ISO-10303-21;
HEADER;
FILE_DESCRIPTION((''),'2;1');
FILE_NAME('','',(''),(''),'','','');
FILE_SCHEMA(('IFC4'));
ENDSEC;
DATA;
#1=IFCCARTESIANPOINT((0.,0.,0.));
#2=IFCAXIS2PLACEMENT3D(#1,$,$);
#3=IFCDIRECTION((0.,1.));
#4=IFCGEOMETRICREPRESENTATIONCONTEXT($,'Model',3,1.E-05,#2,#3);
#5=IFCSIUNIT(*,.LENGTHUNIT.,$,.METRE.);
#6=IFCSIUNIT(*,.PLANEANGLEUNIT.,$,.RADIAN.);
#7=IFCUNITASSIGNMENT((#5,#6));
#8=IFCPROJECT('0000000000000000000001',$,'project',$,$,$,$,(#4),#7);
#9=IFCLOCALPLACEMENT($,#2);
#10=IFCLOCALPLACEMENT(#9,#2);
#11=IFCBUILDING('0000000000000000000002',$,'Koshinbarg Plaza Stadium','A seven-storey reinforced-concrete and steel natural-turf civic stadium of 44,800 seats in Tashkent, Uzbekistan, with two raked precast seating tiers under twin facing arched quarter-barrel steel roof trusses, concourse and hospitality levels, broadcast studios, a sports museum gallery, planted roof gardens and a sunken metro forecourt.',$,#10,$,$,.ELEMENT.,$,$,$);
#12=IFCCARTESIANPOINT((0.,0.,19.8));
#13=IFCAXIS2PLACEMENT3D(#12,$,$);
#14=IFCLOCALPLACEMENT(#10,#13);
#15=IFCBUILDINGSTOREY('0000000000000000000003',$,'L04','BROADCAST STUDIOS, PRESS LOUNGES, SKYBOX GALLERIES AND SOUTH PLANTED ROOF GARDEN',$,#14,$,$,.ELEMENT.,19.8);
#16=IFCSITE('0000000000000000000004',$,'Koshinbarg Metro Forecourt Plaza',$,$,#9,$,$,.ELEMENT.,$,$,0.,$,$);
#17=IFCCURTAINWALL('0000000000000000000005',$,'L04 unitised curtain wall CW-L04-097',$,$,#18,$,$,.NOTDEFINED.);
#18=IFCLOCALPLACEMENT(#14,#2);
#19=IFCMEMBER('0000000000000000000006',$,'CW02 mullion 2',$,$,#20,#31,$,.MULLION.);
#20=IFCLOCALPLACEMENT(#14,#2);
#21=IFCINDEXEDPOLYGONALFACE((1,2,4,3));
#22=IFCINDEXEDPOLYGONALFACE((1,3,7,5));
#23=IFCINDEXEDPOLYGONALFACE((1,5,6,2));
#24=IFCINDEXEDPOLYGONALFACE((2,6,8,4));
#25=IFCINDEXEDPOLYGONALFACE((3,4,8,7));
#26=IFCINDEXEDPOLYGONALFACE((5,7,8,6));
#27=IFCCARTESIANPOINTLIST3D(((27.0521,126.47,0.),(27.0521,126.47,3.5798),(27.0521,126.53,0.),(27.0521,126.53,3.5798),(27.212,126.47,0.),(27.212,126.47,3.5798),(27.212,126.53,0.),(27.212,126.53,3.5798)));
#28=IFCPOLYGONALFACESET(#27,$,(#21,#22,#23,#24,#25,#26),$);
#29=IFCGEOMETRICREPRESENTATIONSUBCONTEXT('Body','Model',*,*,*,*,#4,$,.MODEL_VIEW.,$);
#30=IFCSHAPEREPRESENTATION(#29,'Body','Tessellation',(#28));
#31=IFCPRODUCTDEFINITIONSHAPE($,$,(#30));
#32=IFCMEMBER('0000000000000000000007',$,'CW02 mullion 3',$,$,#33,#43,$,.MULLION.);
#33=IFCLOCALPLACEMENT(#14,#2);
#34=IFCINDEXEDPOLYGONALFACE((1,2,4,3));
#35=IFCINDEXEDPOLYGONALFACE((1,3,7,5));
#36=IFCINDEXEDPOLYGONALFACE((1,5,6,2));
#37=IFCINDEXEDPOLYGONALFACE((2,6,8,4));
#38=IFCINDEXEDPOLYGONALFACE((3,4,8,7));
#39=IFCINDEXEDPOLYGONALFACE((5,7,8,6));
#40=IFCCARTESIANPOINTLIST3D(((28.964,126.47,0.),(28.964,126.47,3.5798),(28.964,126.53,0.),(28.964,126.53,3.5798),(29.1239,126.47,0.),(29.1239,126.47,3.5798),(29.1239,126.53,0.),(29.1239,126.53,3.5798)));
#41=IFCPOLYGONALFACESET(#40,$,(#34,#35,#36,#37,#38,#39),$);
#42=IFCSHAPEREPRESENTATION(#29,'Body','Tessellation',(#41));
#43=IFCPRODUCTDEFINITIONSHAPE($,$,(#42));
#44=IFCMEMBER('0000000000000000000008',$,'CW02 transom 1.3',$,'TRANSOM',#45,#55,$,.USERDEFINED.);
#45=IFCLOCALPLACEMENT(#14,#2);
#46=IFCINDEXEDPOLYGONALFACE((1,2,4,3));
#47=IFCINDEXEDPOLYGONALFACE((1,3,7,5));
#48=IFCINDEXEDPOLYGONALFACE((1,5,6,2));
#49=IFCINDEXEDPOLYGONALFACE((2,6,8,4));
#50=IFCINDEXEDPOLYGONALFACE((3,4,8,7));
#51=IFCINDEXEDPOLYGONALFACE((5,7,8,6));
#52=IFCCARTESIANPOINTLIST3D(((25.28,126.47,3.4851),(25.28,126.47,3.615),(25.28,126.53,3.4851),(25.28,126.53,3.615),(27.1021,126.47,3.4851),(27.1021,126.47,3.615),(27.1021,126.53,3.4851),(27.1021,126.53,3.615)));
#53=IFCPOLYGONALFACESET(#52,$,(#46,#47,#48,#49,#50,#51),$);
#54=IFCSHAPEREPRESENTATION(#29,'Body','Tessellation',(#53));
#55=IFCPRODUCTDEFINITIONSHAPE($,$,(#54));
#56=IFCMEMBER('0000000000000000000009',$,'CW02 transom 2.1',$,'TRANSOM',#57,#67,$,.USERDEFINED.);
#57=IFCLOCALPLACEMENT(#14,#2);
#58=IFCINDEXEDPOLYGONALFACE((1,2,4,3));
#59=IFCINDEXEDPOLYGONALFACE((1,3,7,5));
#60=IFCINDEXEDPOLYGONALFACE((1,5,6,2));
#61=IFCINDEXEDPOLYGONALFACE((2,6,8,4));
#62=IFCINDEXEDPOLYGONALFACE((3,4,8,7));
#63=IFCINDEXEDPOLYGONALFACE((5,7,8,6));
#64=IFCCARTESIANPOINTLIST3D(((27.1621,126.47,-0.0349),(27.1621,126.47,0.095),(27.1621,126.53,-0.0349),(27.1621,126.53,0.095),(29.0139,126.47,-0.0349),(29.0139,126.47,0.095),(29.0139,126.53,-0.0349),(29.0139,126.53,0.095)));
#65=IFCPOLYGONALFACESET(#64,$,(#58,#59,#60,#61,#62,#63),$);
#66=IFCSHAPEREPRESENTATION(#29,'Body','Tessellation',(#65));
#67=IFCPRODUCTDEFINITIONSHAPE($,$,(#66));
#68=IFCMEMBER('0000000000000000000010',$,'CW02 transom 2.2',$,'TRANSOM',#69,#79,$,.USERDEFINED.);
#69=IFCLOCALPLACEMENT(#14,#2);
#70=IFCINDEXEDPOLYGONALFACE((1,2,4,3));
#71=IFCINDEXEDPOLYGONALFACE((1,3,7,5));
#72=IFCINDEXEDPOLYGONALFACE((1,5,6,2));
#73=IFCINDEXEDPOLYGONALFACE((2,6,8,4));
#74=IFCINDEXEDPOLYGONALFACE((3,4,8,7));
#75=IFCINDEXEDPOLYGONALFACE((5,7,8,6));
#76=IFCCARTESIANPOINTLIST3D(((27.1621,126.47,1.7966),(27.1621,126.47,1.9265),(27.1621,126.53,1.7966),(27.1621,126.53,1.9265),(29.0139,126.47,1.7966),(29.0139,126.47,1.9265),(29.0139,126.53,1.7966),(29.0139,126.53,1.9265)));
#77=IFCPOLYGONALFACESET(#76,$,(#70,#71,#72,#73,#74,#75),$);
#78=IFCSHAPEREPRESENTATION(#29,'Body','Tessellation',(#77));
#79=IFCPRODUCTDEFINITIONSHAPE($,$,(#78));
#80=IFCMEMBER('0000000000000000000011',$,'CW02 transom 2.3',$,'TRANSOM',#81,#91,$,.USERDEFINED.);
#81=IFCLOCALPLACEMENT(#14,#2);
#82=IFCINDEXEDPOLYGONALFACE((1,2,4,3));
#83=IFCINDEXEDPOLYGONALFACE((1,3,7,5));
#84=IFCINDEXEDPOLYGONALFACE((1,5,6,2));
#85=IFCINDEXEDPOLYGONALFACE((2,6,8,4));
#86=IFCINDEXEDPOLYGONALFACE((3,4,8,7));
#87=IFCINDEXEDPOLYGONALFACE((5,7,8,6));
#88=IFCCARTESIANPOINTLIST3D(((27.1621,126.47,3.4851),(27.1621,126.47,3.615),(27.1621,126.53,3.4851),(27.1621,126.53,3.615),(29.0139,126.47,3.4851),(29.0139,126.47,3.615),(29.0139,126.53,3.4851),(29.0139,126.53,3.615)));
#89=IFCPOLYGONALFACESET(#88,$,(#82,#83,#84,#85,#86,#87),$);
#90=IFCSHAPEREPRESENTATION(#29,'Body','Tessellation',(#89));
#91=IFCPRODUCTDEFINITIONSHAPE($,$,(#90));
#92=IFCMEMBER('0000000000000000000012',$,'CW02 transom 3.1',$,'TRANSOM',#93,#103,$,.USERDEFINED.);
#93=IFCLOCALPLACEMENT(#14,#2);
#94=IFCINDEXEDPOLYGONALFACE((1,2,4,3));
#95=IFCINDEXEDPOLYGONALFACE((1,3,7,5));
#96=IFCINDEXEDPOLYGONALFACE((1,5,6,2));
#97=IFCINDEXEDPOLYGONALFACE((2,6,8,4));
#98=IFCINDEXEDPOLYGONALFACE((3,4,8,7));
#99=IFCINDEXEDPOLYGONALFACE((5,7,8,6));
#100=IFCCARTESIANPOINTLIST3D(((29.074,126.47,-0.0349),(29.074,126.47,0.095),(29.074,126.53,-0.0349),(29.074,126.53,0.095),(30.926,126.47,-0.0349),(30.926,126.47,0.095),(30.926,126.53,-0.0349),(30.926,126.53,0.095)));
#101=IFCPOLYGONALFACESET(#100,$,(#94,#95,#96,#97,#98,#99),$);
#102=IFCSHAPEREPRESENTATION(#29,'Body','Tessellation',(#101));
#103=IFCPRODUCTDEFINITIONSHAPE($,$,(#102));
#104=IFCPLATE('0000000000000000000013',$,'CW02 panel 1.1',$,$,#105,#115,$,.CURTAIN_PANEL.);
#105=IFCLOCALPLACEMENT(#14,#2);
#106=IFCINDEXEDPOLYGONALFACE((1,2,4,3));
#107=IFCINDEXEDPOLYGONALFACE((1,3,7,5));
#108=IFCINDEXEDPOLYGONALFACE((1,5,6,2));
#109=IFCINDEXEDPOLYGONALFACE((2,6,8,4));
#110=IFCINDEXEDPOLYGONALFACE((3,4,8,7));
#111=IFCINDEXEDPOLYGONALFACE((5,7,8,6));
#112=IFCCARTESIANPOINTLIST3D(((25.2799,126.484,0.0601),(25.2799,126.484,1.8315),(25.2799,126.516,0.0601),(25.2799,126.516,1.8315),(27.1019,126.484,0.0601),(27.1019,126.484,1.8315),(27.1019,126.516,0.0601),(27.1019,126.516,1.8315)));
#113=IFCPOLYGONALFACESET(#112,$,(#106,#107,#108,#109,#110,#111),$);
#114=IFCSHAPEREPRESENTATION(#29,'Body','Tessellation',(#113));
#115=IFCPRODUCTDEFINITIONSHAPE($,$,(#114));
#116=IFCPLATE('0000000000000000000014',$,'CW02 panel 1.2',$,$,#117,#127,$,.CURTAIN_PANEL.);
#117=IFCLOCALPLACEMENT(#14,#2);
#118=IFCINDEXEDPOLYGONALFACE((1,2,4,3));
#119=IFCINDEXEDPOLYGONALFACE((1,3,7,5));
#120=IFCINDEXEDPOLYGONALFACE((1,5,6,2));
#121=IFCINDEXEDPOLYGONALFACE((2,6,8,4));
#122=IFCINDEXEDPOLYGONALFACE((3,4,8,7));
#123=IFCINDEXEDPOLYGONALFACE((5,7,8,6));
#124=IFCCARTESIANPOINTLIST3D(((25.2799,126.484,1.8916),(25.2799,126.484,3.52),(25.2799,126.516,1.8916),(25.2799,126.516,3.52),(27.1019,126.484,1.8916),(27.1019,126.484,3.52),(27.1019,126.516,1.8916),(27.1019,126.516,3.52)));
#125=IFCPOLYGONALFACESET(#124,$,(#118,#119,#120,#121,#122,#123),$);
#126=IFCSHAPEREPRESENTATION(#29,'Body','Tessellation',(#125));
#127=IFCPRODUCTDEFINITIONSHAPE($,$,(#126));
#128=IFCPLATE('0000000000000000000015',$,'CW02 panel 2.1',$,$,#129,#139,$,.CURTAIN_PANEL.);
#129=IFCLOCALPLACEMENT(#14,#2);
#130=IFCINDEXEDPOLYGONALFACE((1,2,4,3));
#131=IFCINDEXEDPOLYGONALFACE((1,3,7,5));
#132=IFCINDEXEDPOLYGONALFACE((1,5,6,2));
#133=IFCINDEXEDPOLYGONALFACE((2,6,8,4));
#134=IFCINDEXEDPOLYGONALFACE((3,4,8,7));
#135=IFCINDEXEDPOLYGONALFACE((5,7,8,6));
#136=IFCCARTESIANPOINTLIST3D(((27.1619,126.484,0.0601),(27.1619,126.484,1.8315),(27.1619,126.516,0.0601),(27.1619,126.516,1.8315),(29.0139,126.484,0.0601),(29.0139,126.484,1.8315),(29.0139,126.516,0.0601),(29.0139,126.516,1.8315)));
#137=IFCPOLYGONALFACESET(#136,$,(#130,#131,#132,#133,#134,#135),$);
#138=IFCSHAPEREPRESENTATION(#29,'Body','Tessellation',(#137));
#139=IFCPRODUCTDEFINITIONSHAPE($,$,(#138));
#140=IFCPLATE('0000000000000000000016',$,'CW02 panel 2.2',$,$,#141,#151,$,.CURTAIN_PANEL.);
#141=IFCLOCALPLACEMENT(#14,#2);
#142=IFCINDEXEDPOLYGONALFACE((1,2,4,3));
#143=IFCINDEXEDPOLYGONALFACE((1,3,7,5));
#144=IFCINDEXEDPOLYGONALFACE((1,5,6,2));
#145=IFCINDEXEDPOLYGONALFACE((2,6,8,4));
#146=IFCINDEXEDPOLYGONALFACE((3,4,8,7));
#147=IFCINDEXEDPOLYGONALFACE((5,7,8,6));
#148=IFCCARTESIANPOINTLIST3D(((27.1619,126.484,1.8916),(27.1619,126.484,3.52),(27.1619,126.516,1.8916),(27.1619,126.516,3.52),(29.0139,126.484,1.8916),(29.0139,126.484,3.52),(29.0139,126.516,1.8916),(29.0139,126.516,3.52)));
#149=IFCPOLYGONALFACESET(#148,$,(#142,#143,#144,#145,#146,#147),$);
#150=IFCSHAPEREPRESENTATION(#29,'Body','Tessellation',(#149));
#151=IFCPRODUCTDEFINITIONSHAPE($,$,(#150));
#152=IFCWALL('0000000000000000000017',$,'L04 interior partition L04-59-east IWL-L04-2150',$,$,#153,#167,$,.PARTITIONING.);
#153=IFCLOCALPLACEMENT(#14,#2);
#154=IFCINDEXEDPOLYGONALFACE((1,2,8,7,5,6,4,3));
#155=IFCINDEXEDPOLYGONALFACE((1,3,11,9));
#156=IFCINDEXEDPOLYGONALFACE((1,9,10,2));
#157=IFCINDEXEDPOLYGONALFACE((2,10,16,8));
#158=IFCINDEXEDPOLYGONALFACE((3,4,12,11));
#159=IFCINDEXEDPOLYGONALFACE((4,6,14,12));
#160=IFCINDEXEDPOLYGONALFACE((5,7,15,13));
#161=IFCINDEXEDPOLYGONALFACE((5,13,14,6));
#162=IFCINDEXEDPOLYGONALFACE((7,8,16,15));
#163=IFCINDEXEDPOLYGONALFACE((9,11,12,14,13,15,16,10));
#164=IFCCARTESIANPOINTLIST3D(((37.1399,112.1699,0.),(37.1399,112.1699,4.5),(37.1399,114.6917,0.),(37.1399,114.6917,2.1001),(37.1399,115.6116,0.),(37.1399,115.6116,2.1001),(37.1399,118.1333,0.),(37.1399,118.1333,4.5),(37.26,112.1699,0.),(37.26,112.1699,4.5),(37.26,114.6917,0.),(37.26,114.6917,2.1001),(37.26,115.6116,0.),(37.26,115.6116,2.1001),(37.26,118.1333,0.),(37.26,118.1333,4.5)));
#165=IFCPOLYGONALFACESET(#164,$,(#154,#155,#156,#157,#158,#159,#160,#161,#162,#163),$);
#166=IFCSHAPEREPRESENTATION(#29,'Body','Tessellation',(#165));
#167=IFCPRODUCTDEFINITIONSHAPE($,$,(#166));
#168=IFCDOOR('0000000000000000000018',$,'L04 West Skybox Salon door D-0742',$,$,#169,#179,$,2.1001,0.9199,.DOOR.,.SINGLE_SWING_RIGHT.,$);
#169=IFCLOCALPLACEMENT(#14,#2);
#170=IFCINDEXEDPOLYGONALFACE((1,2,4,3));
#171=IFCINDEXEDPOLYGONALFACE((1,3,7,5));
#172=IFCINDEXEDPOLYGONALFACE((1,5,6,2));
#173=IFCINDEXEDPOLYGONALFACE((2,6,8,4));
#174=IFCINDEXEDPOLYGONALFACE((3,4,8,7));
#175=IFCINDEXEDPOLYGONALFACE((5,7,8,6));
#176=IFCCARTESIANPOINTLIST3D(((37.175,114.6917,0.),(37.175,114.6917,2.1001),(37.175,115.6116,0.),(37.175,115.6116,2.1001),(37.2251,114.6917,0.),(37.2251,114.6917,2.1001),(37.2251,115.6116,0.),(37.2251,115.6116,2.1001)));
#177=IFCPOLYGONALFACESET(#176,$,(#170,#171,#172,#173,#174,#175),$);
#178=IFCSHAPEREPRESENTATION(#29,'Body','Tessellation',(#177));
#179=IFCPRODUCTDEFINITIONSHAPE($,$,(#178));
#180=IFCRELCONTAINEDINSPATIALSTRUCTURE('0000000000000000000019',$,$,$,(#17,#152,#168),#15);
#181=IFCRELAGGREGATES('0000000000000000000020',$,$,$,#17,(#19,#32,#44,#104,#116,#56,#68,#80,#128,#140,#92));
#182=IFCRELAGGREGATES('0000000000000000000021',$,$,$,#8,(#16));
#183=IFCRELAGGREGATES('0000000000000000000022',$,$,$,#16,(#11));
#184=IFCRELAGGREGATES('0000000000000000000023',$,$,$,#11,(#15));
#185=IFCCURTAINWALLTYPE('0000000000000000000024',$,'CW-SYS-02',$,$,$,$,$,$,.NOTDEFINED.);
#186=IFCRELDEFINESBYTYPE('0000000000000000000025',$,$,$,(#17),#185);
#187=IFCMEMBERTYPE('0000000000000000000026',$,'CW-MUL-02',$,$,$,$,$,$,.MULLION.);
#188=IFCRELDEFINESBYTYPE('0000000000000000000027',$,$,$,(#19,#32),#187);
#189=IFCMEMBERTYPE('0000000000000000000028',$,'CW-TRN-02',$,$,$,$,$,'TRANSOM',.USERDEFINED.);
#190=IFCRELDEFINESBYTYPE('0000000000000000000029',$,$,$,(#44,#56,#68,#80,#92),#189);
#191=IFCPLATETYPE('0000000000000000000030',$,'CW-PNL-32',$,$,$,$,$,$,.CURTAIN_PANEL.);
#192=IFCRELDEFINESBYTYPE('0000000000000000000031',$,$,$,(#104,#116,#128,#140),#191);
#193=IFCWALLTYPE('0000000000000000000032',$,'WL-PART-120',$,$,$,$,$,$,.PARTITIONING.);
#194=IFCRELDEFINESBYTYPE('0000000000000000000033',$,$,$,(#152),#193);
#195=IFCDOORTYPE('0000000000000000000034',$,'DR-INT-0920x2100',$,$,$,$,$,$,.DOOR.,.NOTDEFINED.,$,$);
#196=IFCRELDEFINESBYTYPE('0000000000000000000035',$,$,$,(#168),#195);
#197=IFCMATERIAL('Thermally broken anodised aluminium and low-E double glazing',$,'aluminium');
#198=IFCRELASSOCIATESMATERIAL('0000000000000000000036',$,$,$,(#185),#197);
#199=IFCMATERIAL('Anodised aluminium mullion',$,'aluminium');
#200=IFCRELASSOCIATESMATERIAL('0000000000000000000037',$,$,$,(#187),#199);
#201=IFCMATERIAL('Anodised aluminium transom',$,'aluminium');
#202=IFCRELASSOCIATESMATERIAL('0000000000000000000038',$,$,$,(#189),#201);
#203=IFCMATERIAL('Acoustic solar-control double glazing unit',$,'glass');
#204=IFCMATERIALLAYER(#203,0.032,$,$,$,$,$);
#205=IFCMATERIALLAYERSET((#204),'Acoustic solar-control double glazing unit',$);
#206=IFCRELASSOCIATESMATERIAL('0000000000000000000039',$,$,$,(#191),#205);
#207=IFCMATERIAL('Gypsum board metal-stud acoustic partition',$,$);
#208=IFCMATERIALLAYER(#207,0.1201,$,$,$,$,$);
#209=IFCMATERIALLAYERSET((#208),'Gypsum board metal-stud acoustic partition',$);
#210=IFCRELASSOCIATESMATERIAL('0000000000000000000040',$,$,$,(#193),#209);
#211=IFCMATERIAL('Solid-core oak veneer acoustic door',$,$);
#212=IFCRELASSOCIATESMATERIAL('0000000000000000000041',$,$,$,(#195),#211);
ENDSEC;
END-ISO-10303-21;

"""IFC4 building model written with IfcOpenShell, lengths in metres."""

from ifc_helpers import new_model, si_unit, direction, frame, frame_2d, origin, origin_2d, place, context, subcontext, project, spatial, rectangle, extrude, material, layer, layer_set, material_profile, profile_set, type_object, element, fill, aggregate, save


model = new_model("IFC4")

# Units and contexts
model_context = context("Model", 3, precision=1e-05, world=origin(), true_north=direction((0.0, 1.0)))
body_context = subcontext(model_context, "Body", "Model", "MODEL_VIEW")
ifc_project = project(units=[si_unit("LENGTHUNIT", "METRE"), si_unit("PLANEANGLEUNIT", "RADIAN")], contexts=[model_context])

# Site, building, storey
site_placement = place(None, origin())
site = spatial("IfcSite", under=ifc_project, at=site_placement, Name="Koshinbarg Metro Forecourt Plaza", CompositionType="ELEMENT", RefElevation=0.0)
building_placement = place(site_placement, origin())
building = spatial("IfcBuilding", under=site, at=building_placement, Name="Koshinbarg Plaza Stadium", Description="A seven-storey reinforced-concrete and steel natural-turf civic stadium of 44,800 seats in Tashkent, Uzbekistan, with two raked precast seating tiers under twin facing arched quarter-barrel steel roof trusses, concourse and hospitality levels, broadcast studios, a sports museum gallery, planted roof gardens and a sunken metro forecourt.", CompositionType="ELEMENT")
storey_placement = place(building_placement, frame((0.0, 0.0, 19.8)))
storey = spatial("IfcBuildingStorey", under=building, at=storey_placement, Name="L04", Description="BROADCAST STUDIOS, PRESS LOUNGES, SKYBOX GALLERIES AND SOUTH PLANTED ROOF GARDEN", CompositionType="ELEMENT", Elevation=19.8)

# Curtain wall, members, plates
ifc_material_1 = material(Name="Thermally broken anodised aluminium and low-E double glazing", Category="aluminium")
curtain_wall_type = type_object("IfcCurtainWallType", Name="CW-SYS-02", PredefinedType="NOTDEFINED", material=ifc_material_1)
curtain_wall_placement = place(storey_placement, origin())
curtain_wall = element("IfcCurtainWall", 1, at=curtain_wall_placement, inside=storey, type_object=curtain_wall_type, Name="L04 unitised curtain wall CW-L04-097", PredefinedType="NOTDEFINED")
ifc_material_2 = material(Name="Anodised aluminium mullion", Category="aluminium")
ifc_material_profile_1 = material_profile(ifc_material_2, rectangle(XDim=0.0601, YDim=0.1599, at=origin_2d()), Name="ALU 60x160")
ifc_profile_set_1 = profile_set([ifc_material_profile_1], Name="Anodised aluminium mullion")
member_type_1 = type_object("IfcMemberType", Name="CW-MUL-02", PredefinedType="MULLION", material=ifc_profile_set_1)
member_1_placement = place(storey_placement, frame((27.1321, 126.5, 0.0), z_axis=(0.0, 0.0, 1.0), x_axis=(0.0, 1.0, 0.0)))
member_1 = element("IfcMember", 2, at=member_1_placement, type_object=member_type_1, Name="CW02 mullion 2", PredefinedType="MULLION", context=body_context, shape_type="SweptSolid", body=[
    extrude(rectangle(XDim=0.0601, YDim=0.1599, at=origin_2d()), origin(), (0.0, 0.0, 1.0), 3.5798),
])
member_2_placement = place(storey_placement, frame((29.0439, 126.5, 0.0), z_axis=(0.0, 0.0, 1.0), x_axis=(0.0, 1.0, 0.0)))
member_2 = element("IfcMember", 3, at=member_2_placement, type_object=member_type_1, Name="CW02 mullion 3", PredefinedType="MULLION", context=body_context, shape_type="SweptSolid", body=[
    extrude(rectangle(XDim=0.0601, YDim=0.1599, at=origin_2d()), origin(), (0.0, 0.0, 1.0), 3.5798),
])
ifc_material_3 = material(Name="Anodised aluminium transom", Category="aluminium")
ifc_material_profile_2 = material_profile(ifc_material_3, rectangle(XDim=0.0601, YDim=0.1299, at=origin_2d()), Name="ALU 60x130")
ifc_profile_set_2 = profile_set([ifc_material_profile_2], Name="Anodised aluminium transom")
member_type_2 = type_object("IfcMemberType", Name="CW-TRN-02", ElementType="TRANSOM", PredefinedType="USERDEFINED", material=ifc_profile_set_2)
member_3_placement = place(storey_placement, frame((25.28, 126.5, 3.55), z_axis=(1.0, 0.0, 0.0), x_axis=(0.0, 1.0, 0.0)))
member_3 = element("IfcMember", 4, at=member_3_placement, type_object=member_type_2, Name="CW02 transom 1.3", ObjectType="TRANSOM", PredefinedType="USERDEFINED", context=body_context, shape_type="SweptSolid", body=[
    extrude(rectangle(XDim=0.0601, YDim=0.1299, at=origin_2d()), origin(), (0.0, 0.0, 1.0), 1.822),
])
member_4_placement = place(storey_placement, frame((27.1621, 126.5, 0.03), z_axis=(1.0, 0.0, 0.0), x_axis=(0.0, 1.0, 0.0)))
member_4 = element("IfcMember", 5, at=member_4_placement, type_object=member_type_2, Name="CW02 transom 2.1", ObjectType="TRANSOM", PredefinedType="USERDEFINED", context=body_context, shape_type="SweptSolid", body=[
    extrude(rectangle(XDim=0.0601, YDim=0.1299, at=origin_2d()), origin(), (0.0, 0.0, 1.0), 1.8518),
])
member_5_placement = place(storey_placement, frame((27.1621, 126.5, 1.8616), z_axis=(1.0, 0.0, 0.0), x_axis=(0.0, 1.0, 0.0)))
member_5 = element("IfcMember", 6, at=member_5_placement, type_object=member_type_2, Name="CW02 transom 2.2", ObjectType="TRANSOM", PredefinedType="USERDEFINED", context=body_context, shape_type="SweptSolid", body=[
    extrude(rectangle(XDim=0.0601, YDim=0.1299, at=origin_2d()), origin(), (0.0, 0.0, 1.0), 1.8518),
])
member_6_placement = place(storey_placement, frame((27.1621, 126.5, 3.55), z_axis=(1.0, 0.0, 0.0), x_axis=(0.0, 1.0, 0.0)))
member_6 = element("IfcMember", 7, at=member_6_placement, type_object=member_type_2, Name="CW02 transom 2.3", ObjectType="TRANSOM", PredefinedType="USERDEFINED", context=body_context, shape_type="SweptSolid", body=[
    extrude(rectangle(XDim=0.0601, YDim=0.1299, at=origin_2d()), origin(), (0.0, 0.0, 1.0), 1.8518),
])
member_7_placement = place(storey_placement, frame((29.074, 126.5, 0.03), z_axis=(1.0, 0.0, 0.0), x_axis=(0.0, 1.0, 0.0)))
member_7 = element("IfcMember", 8, at=member_7_placement, type_object=member_type_2, Name="CW02 transom 3.1", ObjectType="TRANSOM", PredefinedType="USERDEFINED", context=body_context, shape_type="SweptSolid", body=[
    extrude(rectangle(XDim=0.0601, YDim=0.1299, at=origin_2d()), origin(), (0.0, 0.0, 1.0), 1.8521),
])
ifc_material_4 = material(Name="Acoustic solar-control double glazing unit", Category="glass")
ifc_layer_1 = layer(ifc_material_4, 0.032)
ifc_layer_set_1 = layer_set([ifc_layer_1], Name="Acoustic solar-control double glazing unit")
plate_type = type_object("IfcPlateType", Name="CW-PNL-32", PredefinedType="CURTAIN_PANEL", material=ifc_layer_set_1)
plate_1_placement = place(storey_placement, frame((26.1909, 126.5, 0.0601), z_axis=(0.0, 0.0, 1.0), x_axis=(1.0, 0.0, 0.0)))
plate_1 = element("IfcPlate", 9, at=plate_1_placement, type_object=plate_type, Name="CW02 panel 1.1", PredefinedType="CURTAIN_PANEL", context=body_context, shape_type="SweptSolid", body=[
    extrude(rectangle(XDim=1.822, YDim=0.032, at=origin_2d()), origin(), (0.0, 0.0, 1.0), 1.7715),
])
plate_2_placement = place(storey_placement, frame((26.1909, 126.5, 1.8916), z_axis=(0.0, 0.0, 1.0), x_axis=(1.0, 0.0, 0.0)))
plate_2 = element("IfcPlate", 10, at=plate_2_placement, type_object=plate_type, Name="CW02 panel 1.2", PredefinedType="CURTAIN_PANEL", context=body_context, shape_type="SweptSolid", body=[
    extrude(rectangle(XDim=1.822, YDim=0.032, at=origin_2d()), origin(), (0.0, 0.0, 1.0), 1.6284),
])
plate_3_placement = place(storey_placement, frame((28.0879, 126.5, 0.0601), z_axis=(0.0, 0.0, 1.0), x_axis=(1.0, 0.0, 0.0)))
plate_3 = element("IfcPlate", 11, at=plate_3_placement, type_object=plate_type, Name="CW02 panel 2.1", PredefinedType="CURTAIN_PANEL", context=body_context, shape_type="SweptSolid", body=[
    extrude(rectangle(XDim=1.8521, YDim=0.032, at=origin_2d()), origin(), (0.0, 0.0, 1.0), 1.7715),
])
plate_4_placement = place(storey_placement, frame((28.0879, 126.5, 1.8916), z_axis=(0.0, 0.0, 1.0), x_axis=(1.0, 0.0, 0.0)))
plate_4 = element("IfcPlate", 12, at=plate_4_placement, type_object=plate_type, Name="CW02 panel 2.2", PredefinedType="CURTAIN_PANEL", context=body_context, shape_type="SweptSolid", body=[
    extrude(rectangle(XDim=1.8521, YDim=0.032, at=origin_2d()), origin(), (0.0, 0.0, 1.0), 1.6284),
])
aggregate(curtain_wall, [member_1, member_2, member_3, plate_1, plate_2, member_4, member_5, member_6, plate_3, plate_4, member_7])

# Wall, opening, door
ifc_material_5 = material(Name="Gypsum board metal-stud acoustic partition")
ifc_layer_2 = layer(ifc_material_5, 0.1201)
ifc_layer_set_2 = layer_set([ifc_layer_2], Name="Gypsum board metal-stud acoustic partition")
wall_type_1 = type_object("IfcWallType", Name="WL-PART-120", PredefinedType="PARTITIONING", material=ifc_layer_set_2)
wall_1_placement = place(storey_placement, frame((37.2, 112.1699, 0.0), z_axis=(0.0, 0.0, 1.0), x_axis=(0.0, 1.0, 0.0)))
wall_1 = element("IfcWall", 13, at=wall_1_placement, inside=storey, type_object=wall_type_1, Name="L04 interior partition L04-59-east IWL-L04-2150", PredefinedType="PARTITIONING", context=body_context, shape_type="SweptSolid", body=[
    extrude(rectangle(XDim=5.9634, YDim=0.1201, at=frame_2d((2.9817, 0.0))), origin(), (0.0, 0.0, 1.0), 4.5),
])
opening_1_placement = place(wall_1_placement, frame((2.5217, 0.0, 0.0)))
opening_1 = element("IfcOpeningElement", 14, at=opening_1_placement, cuts=wall_1, PredefinedType="OPENING", context=body_context, shape_type="SweptSolid", body=[
    extrude(rectangle(XDim=0.9199, YDim=2.1001, at=frame_2d((0.46, 1.05))), frame((0.0, 0.0701, 0.0), z_axis=(0.0, -1.0, 0.0), x_axis=(1.0, 0.0, 0.0)), (0.0, 0.0, 1.0), 0.1401),
])
ifc_material_6 = material(Name="Solid-core oak veneer acoustic door")
door_type_1 = type_object("IfcDoorType", Name="DR-INT-0920x2100", OperationType="NOTDEFINED", PredefinedType="DOOR", material=ifc_material_6)
door_1_placement = place(opening_1_placement, origin())
door_1 = element("IfcDoor", 15, at=door_1_placement, inside=storey, type_object=door_type_1, Name="L04 West Skybox Salon door D-0742", OperationType="SINGLE_SWING_RIGHT", OverallHeight=2.1001, OverallWidth=0.9199, PredefinedType="DOOR", context=body_context, shape_type="SweptSolid", body=[
    extrude(rectangle(XDim=0.9199, YDim=2.1001, at=frame_2d((0.46, 1.05))), frame((0.0, 0.0249, 0.0), z_axis=(0.0, -1.0, 0.0), x_axis=(1.0, 0.0, 0.0)), (0.0, 0.0, 1.0), 0.05),
])
fill(opening_1, door_1)

save(model, "model.ifc")
